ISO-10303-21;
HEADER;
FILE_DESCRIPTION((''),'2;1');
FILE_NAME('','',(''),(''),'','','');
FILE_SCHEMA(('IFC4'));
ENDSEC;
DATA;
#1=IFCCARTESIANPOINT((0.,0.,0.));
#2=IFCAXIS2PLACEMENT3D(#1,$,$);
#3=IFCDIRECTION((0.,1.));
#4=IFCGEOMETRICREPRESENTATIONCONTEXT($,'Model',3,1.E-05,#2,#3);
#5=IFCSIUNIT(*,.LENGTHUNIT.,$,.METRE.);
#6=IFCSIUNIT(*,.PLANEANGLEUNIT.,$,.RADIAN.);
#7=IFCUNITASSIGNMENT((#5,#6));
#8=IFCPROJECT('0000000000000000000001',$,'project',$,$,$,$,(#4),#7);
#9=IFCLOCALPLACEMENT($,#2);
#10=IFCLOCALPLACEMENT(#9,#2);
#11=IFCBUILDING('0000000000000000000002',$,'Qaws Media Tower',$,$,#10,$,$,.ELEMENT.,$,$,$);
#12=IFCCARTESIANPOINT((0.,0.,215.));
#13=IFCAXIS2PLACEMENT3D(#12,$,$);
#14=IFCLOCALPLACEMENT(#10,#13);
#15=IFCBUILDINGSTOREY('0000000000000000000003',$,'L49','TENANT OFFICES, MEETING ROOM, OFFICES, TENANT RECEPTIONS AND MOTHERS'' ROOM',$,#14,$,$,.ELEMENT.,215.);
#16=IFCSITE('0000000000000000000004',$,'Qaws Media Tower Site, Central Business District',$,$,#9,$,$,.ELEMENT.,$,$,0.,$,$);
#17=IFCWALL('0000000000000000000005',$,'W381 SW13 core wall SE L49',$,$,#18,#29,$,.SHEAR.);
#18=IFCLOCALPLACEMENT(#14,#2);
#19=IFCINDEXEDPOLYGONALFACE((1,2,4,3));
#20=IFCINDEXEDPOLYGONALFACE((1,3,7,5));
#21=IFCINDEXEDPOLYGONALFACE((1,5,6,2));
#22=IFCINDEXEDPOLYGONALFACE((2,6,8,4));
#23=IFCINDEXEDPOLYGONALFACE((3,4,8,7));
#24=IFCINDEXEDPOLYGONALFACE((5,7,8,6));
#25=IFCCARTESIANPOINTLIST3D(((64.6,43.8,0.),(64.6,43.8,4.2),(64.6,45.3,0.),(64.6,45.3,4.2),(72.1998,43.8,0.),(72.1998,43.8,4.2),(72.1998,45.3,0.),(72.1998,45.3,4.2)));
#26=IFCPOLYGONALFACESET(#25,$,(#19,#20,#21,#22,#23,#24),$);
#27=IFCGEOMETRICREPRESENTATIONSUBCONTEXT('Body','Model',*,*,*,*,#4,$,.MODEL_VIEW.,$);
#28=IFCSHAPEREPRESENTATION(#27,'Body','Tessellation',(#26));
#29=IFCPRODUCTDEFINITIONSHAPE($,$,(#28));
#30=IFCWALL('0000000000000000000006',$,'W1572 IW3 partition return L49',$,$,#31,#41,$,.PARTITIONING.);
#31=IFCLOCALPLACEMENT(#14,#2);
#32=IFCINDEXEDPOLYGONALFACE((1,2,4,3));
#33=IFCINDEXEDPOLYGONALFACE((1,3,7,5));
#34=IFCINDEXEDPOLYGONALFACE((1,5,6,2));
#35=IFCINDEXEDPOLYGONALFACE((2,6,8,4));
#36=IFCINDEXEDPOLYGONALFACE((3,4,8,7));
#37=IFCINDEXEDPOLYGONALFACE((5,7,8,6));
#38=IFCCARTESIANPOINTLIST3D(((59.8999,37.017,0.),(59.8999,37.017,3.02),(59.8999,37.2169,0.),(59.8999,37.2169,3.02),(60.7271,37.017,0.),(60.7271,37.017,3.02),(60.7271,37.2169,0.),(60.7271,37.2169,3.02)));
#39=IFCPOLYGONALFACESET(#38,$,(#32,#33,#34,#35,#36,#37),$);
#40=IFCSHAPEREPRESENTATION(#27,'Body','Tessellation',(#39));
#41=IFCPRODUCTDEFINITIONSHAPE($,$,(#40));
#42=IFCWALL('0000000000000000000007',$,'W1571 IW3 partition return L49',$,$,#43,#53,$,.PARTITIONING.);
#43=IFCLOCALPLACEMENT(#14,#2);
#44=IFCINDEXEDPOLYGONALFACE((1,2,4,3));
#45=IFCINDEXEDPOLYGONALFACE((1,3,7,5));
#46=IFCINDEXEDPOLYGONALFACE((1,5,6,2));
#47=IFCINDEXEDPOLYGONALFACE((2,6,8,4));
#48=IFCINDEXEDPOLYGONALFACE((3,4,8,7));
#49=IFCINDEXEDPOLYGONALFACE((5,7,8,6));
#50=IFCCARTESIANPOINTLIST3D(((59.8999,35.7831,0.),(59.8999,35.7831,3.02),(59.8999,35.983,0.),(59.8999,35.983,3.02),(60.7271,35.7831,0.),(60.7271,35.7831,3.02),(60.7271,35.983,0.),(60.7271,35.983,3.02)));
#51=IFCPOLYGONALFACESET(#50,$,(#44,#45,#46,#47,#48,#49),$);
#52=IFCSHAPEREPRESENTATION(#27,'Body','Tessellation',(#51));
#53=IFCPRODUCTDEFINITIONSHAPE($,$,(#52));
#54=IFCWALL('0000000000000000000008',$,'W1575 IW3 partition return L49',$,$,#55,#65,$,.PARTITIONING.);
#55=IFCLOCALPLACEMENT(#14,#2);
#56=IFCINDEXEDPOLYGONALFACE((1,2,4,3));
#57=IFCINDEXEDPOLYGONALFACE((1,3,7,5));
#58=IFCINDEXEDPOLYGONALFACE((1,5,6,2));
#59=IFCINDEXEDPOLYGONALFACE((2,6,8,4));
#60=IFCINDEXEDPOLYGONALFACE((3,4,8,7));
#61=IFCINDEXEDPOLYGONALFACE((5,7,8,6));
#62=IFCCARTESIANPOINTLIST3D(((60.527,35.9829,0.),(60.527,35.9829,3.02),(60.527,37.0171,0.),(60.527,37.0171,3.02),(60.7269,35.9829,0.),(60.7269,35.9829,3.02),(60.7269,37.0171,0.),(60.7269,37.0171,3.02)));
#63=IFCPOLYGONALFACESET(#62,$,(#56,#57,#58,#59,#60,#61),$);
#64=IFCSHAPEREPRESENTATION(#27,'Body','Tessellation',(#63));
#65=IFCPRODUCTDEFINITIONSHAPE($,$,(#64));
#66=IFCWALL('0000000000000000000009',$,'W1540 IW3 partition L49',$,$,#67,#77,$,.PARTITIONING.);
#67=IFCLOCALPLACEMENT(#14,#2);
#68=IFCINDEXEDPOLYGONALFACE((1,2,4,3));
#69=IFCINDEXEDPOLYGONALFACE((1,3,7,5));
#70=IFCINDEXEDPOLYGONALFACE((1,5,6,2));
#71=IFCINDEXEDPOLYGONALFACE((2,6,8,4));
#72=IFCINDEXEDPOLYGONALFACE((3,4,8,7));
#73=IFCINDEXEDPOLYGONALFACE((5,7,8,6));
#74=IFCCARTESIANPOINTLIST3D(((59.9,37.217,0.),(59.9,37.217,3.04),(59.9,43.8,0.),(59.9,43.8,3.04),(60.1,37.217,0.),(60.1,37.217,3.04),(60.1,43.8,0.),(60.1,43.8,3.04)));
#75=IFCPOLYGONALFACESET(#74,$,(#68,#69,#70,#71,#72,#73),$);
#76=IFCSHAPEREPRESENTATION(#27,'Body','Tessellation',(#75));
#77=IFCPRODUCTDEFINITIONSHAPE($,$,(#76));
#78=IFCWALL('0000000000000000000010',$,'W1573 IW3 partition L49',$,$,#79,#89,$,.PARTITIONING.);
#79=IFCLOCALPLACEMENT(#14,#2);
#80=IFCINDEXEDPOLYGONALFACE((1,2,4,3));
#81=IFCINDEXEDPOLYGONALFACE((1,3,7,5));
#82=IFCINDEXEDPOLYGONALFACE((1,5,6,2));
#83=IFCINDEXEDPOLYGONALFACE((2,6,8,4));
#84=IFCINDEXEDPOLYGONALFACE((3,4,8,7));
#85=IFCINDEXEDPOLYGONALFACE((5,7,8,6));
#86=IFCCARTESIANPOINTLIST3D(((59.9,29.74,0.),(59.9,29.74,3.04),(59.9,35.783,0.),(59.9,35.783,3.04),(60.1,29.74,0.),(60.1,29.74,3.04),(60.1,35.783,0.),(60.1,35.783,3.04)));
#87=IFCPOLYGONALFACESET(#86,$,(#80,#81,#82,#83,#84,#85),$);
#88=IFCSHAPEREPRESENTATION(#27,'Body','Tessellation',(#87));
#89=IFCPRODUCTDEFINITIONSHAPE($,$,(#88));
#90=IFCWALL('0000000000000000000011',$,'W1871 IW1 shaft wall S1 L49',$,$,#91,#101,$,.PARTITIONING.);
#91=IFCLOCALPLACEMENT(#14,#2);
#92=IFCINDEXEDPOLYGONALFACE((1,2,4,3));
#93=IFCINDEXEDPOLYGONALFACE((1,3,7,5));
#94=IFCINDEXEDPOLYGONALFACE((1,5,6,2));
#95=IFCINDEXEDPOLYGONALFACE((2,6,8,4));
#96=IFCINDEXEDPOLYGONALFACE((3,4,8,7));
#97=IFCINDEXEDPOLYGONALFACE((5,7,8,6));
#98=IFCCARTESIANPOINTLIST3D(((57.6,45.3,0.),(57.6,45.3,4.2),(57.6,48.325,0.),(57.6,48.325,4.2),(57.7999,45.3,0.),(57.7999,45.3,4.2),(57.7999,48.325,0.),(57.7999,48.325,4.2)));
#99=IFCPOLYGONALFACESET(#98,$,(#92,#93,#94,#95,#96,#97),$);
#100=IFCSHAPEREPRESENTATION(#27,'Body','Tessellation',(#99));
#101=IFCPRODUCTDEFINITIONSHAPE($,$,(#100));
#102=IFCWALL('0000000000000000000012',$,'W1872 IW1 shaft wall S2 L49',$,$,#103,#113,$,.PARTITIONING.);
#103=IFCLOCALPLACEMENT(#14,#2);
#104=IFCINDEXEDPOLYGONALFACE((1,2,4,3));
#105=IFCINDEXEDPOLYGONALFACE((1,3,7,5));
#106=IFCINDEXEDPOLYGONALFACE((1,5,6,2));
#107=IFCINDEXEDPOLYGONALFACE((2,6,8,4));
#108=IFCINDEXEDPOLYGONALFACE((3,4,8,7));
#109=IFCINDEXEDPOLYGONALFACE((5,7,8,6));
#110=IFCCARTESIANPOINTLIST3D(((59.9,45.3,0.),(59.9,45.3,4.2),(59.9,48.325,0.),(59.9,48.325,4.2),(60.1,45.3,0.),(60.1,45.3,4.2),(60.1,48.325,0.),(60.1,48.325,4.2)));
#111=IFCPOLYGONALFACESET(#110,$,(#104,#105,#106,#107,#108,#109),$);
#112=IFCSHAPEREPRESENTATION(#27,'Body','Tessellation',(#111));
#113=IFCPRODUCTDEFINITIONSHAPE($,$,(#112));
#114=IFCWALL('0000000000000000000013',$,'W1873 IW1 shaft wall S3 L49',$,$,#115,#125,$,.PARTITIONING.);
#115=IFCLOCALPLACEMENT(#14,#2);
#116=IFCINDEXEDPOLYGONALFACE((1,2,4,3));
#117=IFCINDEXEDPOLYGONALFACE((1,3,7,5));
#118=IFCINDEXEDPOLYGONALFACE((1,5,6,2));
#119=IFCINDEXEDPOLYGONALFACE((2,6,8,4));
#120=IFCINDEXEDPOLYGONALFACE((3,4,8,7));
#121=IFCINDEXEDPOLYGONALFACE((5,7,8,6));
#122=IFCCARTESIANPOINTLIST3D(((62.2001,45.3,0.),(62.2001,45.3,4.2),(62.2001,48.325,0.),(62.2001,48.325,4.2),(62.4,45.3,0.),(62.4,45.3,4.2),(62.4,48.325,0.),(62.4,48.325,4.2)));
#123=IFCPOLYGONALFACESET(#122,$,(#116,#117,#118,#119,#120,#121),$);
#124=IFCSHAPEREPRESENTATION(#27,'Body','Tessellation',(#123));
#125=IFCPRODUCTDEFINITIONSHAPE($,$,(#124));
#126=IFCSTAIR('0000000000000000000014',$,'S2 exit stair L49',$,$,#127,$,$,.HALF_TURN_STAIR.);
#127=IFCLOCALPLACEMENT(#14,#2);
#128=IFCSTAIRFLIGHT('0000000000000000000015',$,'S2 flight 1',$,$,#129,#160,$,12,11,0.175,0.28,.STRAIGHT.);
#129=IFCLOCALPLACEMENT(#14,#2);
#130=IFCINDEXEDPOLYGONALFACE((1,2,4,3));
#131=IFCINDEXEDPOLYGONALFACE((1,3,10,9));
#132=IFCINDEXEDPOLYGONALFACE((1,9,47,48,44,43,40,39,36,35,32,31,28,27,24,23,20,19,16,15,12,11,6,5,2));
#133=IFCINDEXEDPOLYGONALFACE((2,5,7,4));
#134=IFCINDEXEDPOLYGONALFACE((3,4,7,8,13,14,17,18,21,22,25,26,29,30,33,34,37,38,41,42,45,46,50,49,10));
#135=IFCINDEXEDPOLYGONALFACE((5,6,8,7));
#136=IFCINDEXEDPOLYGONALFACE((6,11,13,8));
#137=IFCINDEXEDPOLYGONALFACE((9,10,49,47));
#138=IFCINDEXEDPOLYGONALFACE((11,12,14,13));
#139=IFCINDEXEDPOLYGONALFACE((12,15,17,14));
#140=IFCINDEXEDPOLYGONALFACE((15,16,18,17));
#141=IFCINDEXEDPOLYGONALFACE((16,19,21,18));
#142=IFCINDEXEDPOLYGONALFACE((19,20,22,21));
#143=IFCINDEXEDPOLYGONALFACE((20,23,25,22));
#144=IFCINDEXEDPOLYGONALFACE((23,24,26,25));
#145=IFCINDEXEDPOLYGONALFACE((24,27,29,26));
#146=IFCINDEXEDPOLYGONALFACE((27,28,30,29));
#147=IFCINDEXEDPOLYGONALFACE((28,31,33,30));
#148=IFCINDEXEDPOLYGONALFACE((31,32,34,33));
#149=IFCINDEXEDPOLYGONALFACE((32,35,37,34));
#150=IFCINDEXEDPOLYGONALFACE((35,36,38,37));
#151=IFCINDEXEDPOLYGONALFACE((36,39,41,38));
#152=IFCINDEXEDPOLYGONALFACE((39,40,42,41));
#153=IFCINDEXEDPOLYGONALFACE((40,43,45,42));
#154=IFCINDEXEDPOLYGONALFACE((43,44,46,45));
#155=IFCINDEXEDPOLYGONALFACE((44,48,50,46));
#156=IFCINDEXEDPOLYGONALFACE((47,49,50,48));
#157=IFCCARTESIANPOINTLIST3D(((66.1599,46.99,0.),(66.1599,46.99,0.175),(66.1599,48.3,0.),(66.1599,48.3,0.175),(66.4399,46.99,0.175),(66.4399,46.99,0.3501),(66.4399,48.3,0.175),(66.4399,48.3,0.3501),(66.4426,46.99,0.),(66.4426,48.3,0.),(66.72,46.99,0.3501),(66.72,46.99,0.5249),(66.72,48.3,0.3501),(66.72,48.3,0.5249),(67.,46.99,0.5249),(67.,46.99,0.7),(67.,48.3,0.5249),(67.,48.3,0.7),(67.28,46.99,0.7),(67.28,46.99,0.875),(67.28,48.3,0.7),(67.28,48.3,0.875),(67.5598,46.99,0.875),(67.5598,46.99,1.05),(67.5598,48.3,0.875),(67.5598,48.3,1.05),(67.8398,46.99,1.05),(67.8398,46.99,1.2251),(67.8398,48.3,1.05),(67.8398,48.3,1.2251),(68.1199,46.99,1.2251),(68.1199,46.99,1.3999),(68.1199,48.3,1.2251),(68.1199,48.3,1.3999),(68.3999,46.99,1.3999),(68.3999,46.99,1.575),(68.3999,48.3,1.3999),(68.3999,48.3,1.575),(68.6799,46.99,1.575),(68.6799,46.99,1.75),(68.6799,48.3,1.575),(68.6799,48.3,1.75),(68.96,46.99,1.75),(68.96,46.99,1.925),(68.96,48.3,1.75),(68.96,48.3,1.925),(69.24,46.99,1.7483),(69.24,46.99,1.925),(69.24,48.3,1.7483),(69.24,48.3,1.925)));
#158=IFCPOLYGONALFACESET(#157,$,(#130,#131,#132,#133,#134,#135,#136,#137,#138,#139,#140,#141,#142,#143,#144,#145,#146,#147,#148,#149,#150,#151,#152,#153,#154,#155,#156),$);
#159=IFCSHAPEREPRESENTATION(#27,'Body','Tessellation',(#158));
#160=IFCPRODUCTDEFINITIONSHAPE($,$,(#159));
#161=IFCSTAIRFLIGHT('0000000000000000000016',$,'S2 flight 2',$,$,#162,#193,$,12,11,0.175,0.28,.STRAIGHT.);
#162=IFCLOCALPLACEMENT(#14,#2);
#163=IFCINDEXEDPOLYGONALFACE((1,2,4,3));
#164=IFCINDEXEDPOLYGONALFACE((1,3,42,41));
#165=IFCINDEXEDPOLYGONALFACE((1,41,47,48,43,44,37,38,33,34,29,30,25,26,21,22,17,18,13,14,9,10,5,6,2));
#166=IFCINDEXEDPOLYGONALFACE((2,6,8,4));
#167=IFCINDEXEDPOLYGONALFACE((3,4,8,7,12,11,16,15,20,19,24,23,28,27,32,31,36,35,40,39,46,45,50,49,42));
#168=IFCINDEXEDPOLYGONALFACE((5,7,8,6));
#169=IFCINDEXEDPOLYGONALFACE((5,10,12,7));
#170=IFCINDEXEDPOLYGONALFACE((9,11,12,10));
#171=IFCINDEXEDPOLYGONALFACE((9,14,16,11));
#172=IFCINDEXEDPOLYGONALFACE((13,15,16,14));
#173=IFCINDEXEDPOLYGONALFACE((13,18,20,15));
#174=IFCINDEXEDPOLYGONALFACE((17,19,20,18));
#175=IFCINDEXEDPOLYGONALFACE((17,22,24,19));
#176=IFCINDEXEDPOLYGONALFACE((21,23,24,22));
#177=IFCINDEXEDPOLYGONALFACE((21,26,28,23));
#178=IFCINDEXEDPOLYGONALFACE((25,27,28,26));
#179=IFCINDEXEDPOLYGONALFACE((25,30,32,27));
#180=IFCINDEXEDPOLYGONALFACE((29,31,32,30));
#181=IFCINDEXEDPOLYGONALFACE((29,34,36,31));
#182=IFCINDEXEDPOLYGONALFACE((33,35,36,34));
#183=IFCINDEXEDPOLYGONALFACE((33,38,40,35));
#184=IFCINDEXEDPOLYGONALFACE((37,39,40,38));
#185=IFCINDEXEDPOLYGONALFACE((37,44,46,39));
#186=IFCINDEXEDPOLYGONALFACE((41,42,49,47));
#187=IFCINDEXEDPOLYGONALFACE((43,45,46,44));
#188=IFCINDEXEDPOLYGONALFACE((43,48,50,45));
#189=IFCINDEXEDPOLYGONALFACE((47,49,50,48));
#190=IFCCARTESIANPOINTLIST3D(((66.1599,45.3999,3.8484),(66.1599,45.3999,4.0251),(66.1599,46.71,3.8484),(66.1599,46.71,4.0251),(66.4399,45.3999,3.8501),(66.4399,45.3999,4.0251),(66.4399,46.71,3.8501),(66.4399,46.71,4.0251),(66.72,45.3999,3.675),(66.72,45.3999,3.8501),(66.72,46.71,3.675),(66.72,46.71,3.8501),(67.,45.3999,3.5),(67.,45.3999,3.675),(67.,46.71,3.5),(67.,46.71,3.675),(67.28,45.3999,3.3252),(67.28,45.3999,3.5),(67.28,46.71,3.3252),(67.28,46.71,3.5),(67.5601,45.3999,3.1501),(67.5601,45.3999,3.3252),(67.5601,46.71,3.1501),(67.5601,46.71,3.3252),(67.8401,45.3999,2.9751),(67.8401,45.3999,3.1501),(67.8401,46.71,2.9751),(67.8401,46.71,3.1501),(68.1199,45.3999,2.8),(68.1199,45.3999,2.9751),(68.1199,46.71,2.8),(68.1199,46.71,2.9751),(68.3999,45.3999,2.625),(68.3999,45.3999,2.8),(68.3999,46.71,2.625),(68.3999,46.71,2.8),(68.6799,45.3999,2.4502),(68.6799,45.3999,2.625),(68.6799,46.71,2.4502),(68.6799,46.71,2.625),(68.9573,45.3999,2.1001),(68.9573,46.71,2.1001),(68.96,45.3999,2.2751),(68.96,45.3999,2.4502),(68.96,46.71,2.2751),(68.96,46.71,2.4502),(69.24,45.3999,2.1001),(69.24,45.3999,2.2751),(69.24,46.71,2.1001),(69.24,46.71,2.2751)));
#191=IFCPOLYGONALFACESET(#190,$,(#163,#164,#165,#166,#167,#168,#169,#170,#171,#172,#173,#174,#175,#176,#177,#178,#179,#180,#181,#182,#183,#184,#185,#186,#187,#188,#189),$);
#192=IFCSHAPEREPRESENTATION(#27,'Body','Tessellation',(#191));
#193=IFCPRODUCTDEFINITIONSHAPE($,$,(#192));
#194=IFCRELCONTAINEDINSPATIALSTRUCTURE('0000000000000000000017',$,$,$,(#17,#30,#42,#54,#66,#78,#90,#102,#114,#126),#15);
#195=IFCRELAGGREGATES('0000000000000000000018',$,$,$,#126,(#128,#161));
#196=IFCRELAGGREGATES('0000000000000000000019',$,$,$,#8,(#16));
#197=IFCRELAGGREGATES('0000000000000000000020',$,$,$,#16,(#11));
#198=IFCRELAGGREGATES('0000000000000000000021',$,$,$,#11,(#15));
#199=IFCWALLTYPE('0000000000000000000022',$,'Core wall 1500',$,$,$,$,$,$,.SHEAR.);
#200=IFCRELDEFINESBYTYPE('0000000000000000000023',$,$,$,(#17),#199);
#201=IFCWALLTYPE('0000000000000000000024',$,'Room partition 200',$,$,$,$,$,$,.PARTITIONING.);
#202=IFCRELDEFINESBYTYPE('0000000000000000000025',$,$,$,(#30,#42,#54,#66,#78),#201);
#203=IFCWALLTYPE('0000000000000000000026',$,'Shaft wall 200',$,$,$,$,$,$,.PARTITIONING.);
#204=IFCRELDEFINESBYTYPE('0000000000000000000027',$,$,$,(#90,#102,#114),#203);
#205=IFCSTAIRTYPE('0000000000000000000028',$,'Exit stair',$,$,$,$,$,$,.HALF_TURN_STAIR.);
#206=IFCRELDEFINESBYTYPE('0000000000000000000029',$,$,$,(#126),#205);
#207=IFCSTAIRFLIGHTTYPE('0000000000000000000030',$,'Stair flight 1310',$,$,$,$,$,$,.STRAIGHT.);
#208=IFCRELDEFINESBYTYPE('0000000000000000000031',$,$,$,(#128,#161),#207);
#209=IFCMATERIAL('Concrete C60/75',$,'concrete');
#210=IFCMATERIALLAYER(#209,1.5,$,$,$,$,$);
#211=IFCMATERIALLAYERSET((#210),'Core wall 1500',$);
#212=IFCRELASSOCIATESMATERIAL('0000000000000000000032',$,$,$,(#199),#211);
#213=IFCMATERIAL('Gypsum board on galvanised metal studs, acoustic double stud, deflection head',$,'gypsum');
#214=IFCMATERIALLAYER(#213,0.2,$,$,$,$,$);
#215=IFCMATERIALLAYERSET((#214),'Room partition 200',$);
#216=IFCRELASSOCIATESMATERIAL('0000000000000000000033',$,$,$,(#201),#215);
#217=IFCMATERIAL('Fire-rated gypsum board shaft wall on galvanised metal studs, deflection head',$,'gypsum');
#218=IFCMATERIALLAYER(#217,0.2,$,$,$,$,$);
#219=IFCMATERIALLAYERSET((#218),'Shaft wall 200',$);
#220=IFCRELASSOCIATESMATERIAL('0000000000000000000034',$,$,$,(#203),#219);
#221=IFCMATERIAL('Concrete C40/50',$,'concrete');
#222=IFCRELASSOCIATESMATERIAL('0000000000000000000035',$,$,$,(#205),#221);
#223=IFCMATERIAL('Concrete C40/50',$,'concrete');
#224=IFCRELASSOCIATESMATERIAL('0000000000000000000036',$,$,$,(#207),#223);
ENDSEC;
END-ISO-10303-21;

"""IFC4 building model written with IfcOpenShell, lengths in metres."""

from ifc_helpers import new_model, si_unit, direction, frame, frame_2d, origin, place, context, subcontext, project, spatial, polyline, rectangle, outline, extrude, material, layer, layer_set, type_object, element, aggregate, save


model = new_model("IFC4")

# Units and contexts
model_context = context("Model", 3, precision=1e-05, world=origin(), true_north=direction((0.0, 1.0)))
body_context = subcontext(model_context, "Body", "Model", "MODEL_VIEW")
ifc_project = project(units=[si_unit("LENGTHUNIT", "METRE"), si_unit("PLANEANGLEUNIT", "RADIAN")], contexts=[model_context])

# Site, building, storey
site_placement = place(None, origin())
site = spatial("IfcSite", under=ifc_project, at=site_placement, Name="Qaws Media Tower Site, Central Business District", CompositionType="ELEMENT", RefElevation=0.0)
building_placement = place(site_placement, origin())
building = spatial("IfcBuilding", under=site, at=building_placement, Name="Qaws Media Tower", CompositionType="ELEMENT")
storey_placement = place(building_placement, frame((0.0, 0.0, 215.0)))
storey = spatial("IfcBuildingStorey", under=building, at=storey_placement, Name="L49", Description="TENANT OFFICES, MEETING ROOM, OFFICES, TENANT RECEPTIONS AND MOTHERS' ROOM", CompositionType="ELEMENT", Elevation=215.0)

# Walls
ifc_material_1 = material(Name="Concrete C60/75", Category="concrete")
ifc_layer_1 = layer(ifc_material_1, 1.5)
ifc_layer_set_1 = layer_set([ifc_layer_1], Name="Core wall 1500")
wall_type_1 = type_object("IfcWallType", Name="Core wall 1500", PredefinedType="SHEAR", material=ifc_layer_set_1)
wall_1_placement = place(storey_placement, frame((64.6001, 44.55, 0.0), z_axis=(0.0, 0.0, 1.0), x_axis=(1.0, 0.0, 0.0)))
element("IfcWall", 1, at=wall_1_placement, inside=storey, type_object=wall_type_1, Name="W381 SW13 core wall SE L49", PredefinedType="SHEAR", context=body_context, shape_type="SweptSolid", body=[
    extrude(rectangle(XDim=7.5999, YDim=1.5, at=frame_2d((3.7998, 0.0))), origin(), (0.0, 0.0, 1.0), 4.2),
])
ifc_material_2 = material(Name="Gypsum board on galvanised metal studs, acoustic double stud, deflection head", Category="gypsum")
ifc_layer_2 = layer(ifc_material_2, 0.2)
ifc_layer_set_2 = layer_set([ifc_layer_2], Name="Room partition 200")
wall_type_2 = type_object("IfcWallType", Name="Room partition 200", PredefinedType="PARTITIONING", material=ifc_layer_set_2)
for number, where, z_axis, x_axis, name in (
    (2, (59.8999, 37.1169, 0.0), (0.0, 0.0, 1.0), (1.0, 0.0, 0.0), "W1572 IW3 partition return L49"),
    (3, (59.8999, 35.8831, 0.0), (0.0, 0.0, 1.0), (1.0, 0.0, 0.0), "W1571 IW3 partition return L49"),
):
    element("IfcWall", number, at=place(storey_placement, frame(where, z_axis=z_axis, x_axis=x_axis)), inside=storey, type_object=wall_type_2, Name=name, PredefinedType="PARTITIONING", context=body_context, shape_type="SweptSolid", body=[
        extrude(rectangle(XDim=0.8271, YDim=0.2, at=frame_2d((0.4136, 0.0))), origin(), (0.0, 0.0, 1.0), 3.02),
    ])
wall_2_placement = place(storey_placement, frame((60.627, 37.0171, 0.0), z_axis=(0.0, 0.0, 1.0), x_axis=(0.0, -1.0, 0.0)))
element("IfcWall", 4, at=wall_2_placement, inside=storey, type_object=wall_type_2, Name="W1575 IW3 partition return L49", PredefinedType="PARTITIONING", context=body_context, shape_type="SweptSolid", body=[
    extrude(rectangle(XDim=1.0342, YDim=0.2, at=frame_2d((0.5171, 0.0))), origin(), (0.0, 0.0, 1.0), 3.02),
])
wall_3_placement = place(storey_placement, frame((60.0, 43.8, 0.0), z_axis=(0.0, 0.0, 1.0), x_axis=(0.0, -1.0, 0.0)))
element("IfcWall", 5, at=wall_3_placement, inside=storey, type_object=wall_type_2, Name="W1540 IW3 partition L49", PredefinedType="PARTITIONING", context=body_context, shape_type="SweptSolid", body=[
    extrude(rectangle(XDim=6.583, YDim=0.2, at=frame_2d((3.2915, 0.0))), origin(), (0.0, 0.0, 1.0), 3.04),
])
wall_4_placement = place(storey_placement, frame((60.0, 35.783, 0.0), z_axis=(0.0, 0.0, 1.0), x_axis=(0.0, -1.0, 0.0)))
element("IfcWall", 6, at=wall_4_placement, inside=storey, type_object=wall_type_2, Name="W1573 IW3 partition L49", PredefinedType="PARTITIONING", context=body_context, shape_type="SweptSolid", body=[
    extrude(rectangle(XDim=6.043, YDim=0.2, at=frame_2d((3.0215, 0.0))), origin(), (0.0, 0.0, 1.0), 3.04),
])
ifc_material_3 = material(Name="Fire-rated gypsum board shaft wall on galvanised metal studs, deflection head", Category="gypsum")
ifc_layer_3 = layer(ifc_material_3, 0.2)
ifc_layer_set_3 = layer_set([ifc_layer_3], Name="Shaft wall 200")
wall_type_3 = type_object("IfcWallType", Name="Shaft wall 200", PredefinedType="PARTITIONING", material=ifc_layer_set_3)
for number, where, z_axis, x_axis, name in (
    (7, (57.7, 45.3, 0.0), (0.0, 0.0, 1.0), (0.0, 1.0, 0.0), "W1871 IW1 shaft wall S1 L49"),
    (8, (60.0, 45.3, 0.0), (0.0, 0.0, 1.0), (0.0, 1.0, 0.0), "W1872 IW1 shaft wall S2 L49"),
    (9, (62.3, 45.3, 0.0), (0.0, 0.0, 1.0), (0.0, 1.0, 0.0), "W1873 IW1 shaft wall S3 L49"),
):
    element("IfcWall", number, at=place(storey_placement, frame(where, z_axis=z_axis, x_axis=x_axis)), inside=storey, type_object=wall_type_3, Name=name, PredefinedType="PARTITIONING", context=body_context, shape_type="SweptSolid", body=[
        extrude(rectangle(XDim=3.0249, YDim=0.2, at=frame_2d((1.5125, 0.0))), origin(), (0.0, 0.0, 1.0), 4.2),
    ])

# Stair, stair flights
ifc_material_4 = material(Name="Concrete C40/50", Category="concrete")
stair_type = type_object("IfcStairType", Name="Exit stair", PredefinedType="HALF_TURN_STAIR", material=ifc_material_4)
stair_placement = place(storey_placement, origin())
stair = element("IfcStair", 10, at=stair_placement, inside=storey, type_object=stair_type, Name="S2 exit stair L49", PredefinedType="HALF_TURN_STAIR")
ifc_material_5 = material(Name="Concrete C40/50", Category="concrete")
stair_flight_type = type_object("IfcStairFlightType", Name="Stair flight 1310", PredefinedType="STRAIGHT", material=ifc_material_5)
stair_flight_1_placement = place(storey_placement, frame((66.1599, 47.645, 0.0), z_axis=(0.0, 0.0, 1.0), x_axis=(1.0, 0.0, 0.0)))
stair_flight_1 = element("IfcStairFlight", 11, at=stair_flight_1_placement, type_object=stair_flight_type, Name="S2 flight 1", NumberOfRisers=12, NumberOfTreads=11, PredefinedType="STRAIGHT", RiserHeight=0.175, TreadLength=0.28, context=body_context, shape_type="SweptSolid", body=[
    extrude(outline(polyline([(0.0, 0.0), (0.0, 0.175), (0.28, 0.175), (0.28, 0.3501), (0.5601, 0.3501), (0.5601, 0.5249), (0.8401, 0.5249), (0.8401, 0.7), (1.1201, 0.7), (1.1201, 0.875), (1.3999, 0.875), (1.3999, 1.05), (1.6799, 1.05), (1.6799, 1.2251), (1.96, 1.2251), (1.96, 1.3999), (2.24, 1.3999), (2.24, 1.575), (2.52, 1.575), (2.52, 1.75), (2.8, 1.75), (2.8, 1.925), (3.0801, 1.925), (3.0801, 2.1001), (3.0801, 1.7483), (0.2827, 0.0), (0.0, 0.0)])), frame((0.0, 0.655, 0.0), z_axis=(0.0, -1.0, 0.0), x_axis=(1.0, 0.0, 0.0)), (0.0, 0.0, 1.0), 1.3101),
])
stair_flight_2_placement = place(storey_placement, frame((69.24, 46.0549, 2.1001), z_axis=(0.0, 0.0, 1.0), x_axis=(-1.0, 0.0, 0.0)))
stair_flight_2 = element("IfcStairFlight", 12, at=stair_flight_2_placement, type_object=stair_flight_type, Name="S2 flight 2", NumberOfRisers=12, NumberOfTreads=11, PredefinedType="STRAIGHT", RiserHeight=0.175, TreadLength=0.28, context=body_context, shape_type="SweptSolid", body=[
    extrude(outline(polyline([(0.0, 0.0), (0.0, 0.175), (0.28, 0.175), (0.28, 0.3501), (0.5601, 0.3501), (0.5601, 0.5249), (0.8401, 0.5249), (0.8401, 0.7), (1.1201, 0.7), (1.1201, 0.875), (1.3999, 0.875), (1.3999, 1.05), (1.6799, 1.05), (1.6799, 1.2251), (1.96, 1.2251), (1.96, 1.3999), (2.24, 1.3999), (2.24, 1.575), (2.52, 1.575), (2.52, 1.75), (2.8, 1.75), (2.8, 1.925), (3.0801, 1.925), (3.0801, 2.1001), (3.0801, 1.7483), (0.2827, 0.0), (0.0, 0.0)])), frame((0.0, 0.655, 0.0), z_axis=(0.0, -1.0, 0.0), x_axis=(1.0, 0.0, 0.0)), (0.0, 0.0, 1.0), 1.3101),
])
aggregate(stair, [stair_flight_1, stair_flight_2])

save(model, "model.ifc")
